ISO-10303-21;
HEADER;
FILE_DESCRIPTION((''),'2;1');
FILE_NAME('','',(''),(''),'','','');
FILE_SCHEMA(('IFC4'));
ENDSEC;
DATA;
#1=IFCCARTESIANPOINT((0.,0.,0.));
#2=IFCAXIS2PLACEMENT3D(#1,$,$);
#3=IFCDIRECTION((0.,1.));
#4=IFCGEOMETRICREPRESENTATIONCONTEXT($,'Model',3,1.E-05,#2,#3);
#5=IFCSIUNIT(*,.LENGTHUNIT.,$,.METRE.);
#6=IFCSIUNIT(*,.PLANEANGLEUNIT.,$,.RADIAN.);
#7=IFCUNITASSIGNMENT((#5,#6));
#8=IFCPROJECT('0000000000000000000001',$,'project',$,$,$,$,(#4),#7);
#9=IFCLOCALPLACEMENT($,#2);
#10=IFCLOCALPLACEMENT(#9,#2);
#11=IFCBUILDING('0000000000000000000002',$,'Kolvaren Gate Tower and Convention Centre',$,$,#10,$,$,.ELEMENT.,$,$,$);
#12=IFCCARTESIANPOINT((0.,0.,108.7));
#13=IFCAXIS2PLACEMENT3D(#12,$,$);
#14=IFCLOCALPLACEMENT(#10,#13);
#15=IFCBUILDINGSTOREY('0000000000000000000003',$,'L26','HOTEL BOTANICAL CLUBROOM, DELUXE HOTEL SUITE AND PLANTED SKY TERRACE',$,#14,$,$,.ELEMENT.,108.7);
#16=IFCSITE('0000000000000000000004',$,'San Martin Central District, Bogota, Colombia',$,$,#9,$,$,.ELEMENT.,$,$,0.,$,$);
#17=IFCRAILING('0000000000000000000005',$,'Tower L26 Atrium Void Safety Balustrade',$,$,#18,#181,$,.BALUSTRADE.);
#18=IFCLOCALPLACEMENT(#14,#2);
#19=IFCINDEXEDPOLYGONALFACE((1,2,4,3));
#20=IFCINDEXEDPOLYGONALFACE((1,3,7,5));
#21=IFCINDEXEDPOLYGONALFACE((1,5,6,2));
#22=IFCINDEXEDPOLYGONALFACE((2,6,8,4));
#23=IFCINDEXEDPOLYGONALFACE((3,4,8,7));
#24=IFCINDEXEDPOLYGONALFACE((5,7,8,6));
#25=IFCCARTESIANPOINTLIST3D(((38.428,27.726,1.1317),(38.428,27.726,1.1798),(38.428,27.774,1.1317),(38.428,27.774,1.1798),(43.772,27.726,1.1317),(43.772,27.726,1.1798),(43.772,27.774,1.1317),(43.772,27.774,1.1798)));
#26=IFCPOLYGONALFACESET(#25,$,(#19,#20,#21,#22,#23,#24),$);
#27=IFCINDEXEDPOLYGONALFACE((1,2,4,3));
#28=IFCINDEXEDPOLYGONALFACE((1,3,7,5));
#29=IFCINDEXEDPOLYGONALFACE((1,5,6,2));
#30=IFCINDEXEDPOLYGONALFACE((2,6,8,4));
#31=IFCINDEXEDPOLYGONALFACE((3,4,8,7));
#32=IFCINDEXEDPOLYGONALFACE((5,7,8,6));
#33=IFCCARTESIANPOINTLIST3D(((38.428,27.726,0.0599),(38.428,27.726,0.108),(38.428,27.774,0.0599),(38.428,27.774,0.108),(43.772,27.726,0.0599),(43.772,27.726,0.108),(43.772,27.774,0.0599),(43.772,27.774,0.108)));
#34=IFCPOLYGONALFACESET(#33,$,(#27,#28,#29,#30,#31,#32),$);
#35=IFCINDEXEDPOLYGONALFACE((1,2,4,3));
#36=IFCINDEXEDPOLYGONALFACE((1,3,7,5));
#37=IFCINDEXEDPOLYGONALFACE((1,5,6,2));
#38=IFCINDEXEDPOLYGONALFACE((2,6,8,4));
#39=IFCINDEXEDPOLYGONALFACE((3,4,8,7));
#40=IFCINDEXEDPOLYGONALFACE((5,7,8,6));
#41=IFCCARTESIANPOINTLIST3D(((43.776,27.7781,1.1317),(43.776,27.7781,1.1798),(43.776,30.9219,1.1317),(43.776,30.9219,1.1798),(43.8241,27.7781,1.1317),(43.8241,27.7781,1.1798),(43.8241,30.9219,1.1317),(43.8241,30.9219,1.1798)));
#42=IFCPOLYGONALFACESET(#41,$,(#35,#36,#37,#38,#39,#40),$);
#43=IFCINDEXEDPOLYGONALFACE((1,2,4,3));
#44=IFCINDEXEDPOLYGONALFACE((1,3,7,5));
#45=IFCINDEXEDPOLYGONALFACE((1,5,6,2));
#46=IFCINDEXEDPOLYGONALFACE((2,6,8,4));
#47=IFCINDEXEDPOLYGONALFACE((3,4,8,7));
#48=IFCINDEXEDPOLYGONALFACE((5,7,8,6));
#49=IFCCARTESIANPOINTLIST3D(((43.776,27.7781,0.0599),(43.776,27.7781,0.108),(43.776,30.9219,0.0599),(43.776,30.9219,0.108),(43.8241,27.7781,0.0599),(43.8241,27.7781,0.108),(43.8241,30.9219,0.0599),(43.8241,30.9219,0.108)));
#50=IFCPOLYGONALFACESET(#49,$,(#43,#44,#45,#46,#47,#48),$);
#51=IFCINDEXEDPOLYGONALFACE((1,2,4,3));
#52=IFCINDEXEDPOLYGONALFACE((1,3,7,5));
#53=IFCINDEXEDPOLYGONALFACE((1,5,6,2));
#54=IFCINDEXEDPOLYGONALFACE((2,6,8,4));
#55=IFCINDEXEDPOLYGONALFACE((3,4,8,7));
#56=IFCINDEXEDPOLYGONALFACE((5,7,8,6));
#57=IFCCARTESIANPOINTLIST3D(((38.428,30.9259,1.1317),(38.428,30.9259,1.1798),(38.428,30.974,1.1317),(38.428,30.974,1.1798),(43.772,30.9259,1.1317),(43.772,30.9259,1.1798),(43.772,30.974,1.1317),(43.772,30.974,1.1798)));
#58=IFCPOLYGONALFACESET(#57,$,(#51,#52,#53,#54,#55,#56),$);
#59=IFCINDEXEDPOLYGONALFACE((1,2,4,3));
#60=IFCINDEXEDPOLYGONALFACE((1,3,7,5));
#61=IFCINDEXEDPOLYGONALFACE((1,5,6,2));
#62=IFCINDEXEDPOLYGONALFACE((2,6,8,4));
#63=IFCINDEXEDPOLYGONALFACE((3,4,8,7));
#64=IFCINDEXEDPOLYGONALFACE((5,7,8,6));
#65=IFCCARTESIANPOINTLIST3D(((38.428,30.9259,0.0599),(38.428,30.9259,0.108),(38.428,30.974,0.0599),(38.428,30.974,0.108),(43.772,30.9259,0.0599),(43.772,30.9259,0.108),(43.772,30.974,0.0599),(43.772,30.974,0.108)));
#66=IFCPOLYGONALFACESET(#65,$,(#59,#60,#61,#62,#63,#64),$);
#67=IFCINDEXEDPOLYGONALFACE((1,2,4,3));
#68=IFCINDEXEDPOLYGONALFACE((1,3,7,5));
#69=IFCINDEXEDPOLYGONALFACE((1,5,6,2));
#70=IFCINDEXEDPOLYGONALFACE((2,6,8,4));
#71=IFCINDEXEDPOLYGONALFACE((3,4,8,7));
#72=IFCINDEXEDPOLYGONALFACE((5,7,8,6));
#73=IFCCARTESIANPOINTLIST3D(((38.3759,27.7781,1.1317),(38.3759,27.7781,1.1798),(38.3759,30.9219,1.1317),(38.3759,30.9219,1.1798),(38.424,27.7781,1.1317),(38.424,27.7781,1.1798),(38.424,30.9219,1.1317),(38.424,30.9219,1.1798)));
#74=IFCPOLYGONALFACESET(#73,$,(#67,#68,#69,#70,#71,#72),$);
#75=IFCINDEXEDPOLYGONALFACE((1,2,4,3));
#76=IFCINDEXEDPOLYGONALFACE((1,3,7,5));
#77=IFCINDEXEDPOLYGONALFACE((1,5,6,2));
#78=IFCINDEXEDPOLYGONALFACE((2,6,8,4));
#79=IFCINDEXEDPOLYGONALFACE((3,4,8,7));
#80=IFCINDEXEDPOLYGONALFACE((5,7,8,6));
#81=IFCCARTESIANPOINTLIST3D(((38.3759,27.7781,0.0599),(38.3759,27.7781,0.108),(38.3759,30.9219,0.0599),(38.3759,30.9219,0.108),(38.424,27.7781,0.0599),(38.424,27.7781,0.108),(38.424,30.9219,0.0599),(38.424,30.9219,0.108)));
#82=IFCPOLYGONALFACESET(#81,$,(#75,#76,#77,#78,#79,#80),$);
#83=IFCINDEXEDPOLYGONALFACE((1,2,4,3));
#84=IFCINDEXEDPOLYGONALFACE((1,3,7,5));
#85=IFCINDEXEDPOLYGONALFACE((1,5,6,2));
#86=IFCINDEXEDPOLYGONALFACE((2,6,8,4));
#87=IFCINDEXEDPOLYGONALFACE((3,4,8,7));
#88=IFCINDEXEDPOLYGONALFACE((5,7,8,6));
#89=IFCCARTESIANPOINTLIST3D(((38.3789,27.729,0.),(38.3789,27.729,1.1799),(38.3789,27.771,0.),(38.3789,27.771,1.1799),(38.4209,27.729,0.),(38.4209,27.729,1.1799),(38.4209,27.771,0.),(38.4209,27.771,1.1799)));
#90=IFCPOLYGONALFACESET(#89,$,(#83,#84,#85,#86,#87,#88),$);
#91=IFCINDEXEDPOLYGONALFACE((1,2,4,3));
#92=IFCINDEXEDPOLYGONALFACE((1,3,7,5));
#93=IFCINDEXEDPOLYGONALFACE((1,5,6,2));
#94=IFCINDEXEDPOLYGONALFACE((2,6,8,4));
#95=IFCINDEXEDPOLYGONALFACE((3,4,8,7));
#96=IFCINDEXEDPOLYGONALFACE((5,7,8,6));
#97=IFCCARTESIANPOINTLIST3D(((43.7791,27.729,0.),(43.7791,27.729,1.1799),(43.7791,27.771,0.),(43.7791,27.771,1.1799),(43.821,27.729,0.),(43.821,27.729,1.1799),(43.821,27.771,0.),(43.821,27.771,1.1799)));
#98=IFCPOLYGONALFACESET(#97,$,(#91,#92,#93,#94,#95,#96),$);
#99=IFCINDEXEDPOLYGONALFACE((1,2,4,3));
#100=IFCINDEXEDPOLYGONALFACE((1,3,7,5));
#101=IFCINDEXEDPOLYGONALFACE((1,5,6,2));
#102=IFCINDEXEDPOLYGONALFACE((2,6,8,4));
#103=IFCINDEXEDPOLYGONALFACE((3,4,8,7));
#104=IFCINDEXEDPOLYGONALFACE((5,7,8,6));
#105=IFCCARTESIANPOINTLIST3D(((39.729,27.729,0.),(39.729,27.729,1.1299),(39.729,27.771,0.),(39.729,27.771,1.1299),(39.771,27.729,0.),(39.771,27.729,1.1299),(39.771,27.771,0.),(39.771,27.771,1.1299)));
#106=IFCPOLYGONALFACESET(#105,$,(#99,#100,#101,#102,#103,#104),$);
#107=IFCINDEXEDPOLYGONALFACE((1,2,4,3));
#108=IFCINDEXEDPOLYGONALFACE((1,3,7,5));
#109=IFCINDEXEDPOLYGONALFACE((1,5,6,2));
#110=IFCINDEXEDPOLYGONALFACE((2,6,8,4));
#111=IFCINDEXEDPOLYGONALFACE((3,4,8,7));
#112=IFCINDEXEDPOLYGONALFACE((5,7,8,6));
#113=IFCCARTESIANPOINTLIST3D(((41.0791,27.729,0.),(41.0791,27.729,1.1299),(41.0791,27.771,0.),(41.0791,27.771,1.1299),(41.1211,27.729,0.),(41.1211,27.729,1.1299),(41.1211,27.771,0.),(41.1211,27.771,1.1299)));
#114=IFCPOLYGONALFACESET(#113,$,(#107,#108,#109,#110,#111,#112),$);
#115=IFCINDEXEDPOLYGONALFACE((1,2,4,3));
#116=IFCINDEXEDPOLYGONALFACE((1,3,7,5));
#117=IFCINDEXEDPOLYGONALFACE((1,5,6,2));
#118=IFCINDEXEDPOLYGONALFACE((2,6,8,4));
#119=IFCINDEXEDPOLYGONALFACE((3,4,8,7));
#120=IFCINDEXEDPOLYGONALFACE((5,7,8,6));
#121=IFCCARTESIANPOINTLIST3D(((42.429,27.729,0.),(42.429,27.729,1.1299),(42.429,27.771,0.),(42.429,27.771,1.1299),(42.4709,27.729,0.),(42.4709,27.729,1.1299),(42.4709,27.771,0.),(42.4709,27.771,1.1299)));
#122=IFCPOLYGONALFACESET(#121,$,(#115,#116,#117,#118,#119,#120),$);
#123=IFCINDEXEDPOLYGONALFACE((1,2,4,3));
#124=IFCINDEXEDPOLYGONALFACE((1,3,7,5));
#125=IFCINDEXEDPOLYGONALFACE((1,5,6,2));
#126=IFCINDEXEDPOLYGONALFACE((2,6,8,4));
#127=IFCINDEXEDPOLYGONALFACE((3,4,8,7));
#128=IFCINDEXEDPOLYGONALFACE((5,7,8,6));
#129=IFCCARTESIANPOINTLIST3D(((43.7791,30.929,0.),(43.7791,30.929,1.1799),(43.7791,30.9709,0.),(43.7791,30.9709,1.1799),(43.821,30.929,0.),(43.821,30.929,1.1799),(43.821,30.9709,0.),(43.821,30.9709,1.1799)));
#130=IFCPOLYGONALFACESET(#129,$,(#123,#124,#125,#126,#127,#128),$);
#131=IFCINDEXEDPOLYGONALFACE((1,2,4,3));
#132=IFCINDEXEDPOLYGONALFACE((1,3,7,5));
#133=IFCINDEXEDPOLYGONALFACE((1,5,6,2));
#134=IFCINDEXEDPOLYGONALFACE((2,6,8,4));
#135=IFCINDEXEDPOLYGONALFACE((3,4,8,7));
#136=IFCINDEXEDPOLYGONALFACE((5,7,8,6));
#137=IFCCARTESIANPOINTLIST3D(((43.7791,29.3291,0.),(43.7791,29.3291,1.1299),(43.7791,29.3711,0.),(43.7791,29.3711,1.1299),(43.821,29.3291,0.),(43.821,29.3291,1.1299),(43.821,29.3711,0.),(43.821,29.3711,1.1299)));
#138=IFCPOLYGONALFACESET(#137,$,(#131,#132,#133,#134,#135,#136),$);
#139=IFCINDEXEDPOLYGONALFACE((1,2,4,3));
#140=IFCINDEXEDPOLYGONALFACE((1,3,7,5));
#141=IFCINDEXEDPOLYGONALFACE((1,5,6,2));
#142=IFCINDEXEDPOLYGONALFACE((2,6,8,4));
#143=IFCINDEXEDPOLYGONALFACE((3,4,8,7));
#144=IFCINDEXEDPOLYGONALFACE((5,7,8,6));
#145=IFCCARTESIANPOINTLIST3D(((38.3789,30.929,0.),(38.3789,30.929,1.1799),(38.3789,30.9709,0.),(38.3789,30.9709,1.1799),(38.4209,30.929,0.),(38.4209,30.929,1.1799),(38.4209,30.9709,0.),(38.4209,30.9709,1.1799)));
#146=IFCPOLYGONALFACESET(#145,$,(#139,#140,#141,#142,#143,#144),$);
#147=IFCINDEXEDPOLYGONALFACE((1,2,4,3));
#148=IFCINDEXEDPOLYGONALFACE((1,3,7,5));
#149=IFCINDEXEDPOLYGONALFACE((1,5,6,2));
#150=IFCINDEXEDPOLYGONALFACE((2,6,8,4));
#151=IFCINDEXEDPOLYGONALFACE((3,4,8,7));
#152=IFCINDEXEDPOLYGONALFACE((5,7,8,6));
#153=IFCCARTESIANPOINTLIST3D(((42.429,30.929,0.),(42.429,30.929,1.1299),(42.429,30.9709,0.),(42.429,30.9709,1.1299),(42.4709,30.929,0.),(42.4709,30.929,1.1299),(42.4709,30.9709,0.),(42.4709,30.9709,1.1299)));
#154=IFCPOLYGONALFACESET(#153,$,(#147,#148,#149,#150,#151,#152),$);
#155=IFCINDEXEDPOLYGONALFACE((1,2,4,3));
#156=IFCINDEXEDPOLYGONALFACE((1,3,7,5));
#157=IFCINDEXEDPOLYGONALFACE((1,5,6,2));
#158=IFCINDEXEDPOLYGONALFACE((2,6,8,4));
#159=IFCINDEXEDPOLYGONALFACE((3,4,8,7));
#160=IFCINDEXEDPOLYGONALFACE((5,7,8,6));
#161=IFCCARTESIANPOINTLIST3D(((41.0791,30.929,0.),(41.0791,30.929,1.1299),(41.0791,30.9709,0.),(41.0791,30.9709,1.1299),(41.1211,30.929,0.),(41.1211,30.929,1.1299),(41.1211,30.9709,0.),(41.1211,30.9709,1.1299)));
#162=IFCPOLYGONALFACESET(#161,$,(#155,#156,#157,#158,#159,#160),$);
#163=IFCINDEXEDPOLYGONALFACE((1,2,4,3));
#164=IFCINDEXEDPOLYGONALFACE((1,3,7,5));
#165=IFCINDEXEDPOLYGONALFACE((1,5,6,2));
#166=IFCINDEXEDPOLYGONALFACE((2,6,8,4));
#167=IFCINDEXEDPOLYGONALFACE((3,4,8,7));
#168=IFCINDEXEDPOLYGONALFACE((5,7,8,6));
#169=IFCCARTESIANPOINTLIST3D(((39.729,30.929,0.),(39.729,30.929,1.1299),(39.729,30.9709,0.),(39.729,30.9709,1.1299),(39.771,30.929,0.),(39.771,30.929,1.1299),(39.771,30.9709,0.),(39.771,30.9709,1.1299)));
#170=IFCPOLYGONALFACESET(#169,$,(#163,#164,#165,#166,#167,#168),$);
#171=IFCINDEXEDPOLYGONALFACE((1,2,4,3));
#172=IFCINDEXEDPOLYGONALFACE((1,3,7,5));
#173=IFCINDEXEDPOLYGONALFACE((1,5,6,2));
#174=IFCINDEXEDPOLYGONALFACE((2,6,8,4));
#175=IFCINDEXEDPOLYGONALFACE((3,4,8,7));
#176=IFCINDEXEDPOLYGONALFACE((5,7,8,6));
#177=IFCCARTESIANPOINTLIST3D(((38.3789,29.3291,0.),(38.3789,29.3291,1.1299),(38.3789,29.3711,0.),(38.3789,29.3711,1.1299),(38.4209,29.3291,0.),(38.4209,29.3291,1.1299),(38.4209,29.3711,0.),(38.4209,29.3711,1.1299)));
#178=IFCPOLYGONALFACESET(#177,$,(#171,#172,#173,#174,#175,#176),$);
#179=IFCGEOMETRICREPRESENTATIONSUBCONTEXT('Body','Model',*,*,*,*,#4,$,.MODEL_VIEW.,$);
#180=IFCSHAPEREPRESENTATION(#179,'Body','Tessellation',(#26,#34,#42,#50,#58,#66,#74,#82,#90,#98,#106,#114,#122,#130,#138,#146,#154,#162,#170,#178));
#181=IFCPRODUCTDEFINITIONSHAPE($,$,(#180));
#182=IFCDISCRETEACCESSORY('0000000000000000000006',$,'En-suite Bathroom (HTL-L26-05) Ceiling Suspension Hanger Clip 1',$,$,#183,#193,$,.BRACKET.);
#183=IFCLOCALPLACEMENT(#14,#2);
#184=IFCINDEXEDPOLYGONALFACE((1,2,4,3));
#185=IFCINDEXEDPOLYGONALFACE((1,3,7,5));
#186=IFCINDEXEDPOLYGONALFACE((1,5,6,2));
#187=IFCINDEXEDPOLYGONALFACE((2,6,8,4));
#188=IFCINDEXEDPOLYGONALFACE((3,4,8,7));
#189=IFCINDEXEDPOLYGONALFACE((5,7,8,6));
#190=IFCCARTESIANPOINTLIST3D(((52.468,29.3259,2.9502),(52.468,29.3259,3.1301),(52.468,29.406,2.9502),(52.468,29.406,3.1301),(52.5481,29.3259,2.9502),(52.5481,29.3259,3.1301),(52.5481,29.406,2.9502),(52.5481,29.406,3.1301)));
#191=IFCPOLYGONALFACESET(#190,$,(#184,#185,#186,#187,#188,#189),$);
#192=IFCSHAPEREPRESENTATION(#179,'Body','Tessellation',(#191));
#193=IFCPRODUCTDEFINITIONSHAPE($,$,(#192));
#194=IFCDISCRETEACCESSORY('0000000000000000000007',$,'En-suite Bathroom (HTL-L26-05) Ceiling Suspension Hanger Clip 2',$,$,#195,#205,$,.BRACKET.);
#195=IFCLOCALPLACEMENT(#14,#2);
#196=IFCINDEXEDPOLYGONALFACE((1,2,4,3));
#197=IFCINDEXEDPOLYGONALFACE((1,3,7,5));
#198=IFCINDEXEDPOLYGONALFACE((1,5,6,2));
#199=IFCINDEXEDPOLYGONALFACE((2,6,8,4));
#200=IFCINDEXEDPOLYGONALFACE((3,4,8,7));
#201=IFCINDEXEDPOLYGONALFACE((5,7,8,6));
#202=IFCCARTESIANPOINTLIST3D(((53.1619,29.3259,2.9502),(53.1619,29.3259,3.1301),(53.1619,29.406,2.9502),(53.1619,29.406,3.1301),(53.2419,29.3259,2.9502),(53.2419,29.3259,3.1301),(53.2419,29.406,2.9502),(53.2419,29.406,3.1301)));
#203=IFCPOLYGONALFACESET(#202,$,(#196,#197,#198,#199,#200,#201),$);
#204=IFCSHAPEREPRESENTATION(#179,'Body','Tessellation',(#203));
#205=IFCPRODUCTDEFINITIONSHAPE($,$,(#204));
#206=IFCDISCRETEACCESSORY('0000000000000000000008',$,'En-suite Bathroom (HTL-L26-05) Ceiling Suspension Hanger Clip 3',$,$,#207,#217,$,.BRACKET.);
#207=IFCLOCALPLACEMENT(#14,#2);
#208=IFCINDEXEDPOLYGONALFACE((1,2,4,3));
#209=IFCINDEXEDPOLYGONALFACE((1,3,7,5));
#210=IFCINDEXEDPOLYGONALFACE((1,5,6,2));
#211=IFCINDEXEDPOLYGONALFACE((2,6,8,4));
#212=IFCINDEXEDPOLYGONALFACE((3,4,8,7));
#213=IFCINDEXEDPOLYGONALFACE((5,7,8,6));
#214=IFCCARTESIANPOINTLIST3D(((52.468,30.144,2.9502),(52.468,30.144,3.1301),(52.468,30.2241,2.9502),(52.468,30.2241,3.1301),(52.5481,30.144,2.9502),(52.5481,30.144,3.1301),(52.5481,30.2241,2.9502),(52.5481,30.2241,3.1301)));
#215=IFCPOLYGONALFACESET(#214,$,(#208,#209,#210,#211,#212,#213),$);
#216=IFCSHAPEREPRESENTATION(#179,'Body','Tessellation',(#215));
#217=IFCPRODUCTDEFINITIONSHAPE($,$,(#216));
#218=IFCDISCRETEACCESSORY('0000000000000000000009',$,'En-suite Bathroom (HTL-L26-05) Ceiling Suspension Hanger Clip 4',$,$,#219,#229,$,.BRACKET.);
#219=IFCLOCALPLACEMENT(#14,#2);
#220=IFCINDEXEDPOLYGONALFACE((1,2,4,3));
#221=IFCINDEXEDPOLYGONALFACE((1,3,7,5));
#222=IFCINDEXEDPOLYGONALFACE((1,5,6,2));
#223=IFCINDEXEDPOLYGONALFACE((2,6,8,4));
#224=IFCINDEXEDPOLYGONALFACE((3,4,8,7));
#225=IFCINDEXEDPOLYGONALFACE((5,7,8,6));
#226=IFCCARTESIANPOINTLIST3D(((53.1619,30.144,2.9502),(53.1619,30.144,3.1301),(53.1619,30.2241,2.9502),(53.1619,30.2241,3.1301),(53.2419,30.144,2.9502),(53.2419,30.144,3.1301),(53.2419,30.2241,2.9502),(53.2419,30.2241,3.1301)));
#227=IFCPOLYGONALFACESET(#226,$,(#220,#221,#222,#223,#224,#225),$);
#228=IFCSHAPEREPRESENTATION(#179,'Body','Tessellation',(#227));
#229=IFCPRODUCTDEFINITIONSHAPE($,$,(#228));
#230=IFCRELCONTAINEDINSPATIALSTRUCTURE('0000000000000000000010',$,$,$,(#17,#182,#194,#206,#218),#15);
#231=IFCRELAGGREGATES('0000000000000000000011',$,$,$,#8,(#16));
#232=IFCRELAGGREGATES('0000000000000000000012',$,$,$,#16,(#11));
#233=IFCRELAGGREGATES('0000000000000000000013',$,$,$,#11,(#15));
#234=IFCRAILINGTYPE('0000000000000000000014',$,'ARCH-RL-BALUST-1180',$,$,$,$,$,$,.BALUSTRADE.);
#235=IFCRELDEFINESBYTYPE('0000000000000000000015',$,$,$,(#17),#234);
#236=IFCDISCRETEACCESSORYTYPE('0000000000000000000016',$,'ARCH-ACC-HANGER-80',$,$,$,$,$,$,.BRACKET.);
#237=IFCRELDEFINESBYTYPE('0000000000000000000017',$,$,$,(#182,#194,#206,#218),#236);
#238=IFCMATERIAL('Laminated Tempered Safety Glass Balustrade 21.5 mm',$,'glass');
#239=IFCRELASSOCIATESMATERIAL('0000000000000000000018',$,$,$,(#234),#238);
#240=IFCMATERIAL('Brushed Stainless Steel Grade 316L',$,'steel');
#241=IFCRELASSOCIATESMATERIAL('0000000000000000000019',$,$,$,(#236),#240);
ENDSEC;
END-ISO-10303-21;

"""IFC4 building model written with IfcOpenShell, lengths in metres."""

from ifc_helpers import new_model, si_unit, direction, frame, origin, origin_2d, place, context, subcontext, project, spatial, rectangle, extrude, material, type_object, element, save


model = new_model("IFC4")

# Units and contexts
model_context = context("Model", 3, precision=1e-05, world=origin(), true_north=direction((0.0, 1.0)))
body_context = subcontext(model_context, "Body", "Model", "MODEL_VIEW")
ifc_project = project(units=[si_unit("LENGTHUNIT", "METRE"), si_unit("PLANEANGLEUNIT", "RADIAN")], contexts=[model_context])

# Site, building, storey
site_placement = place(None, origin())
site = spatial("IfcSite", under=ifc_project, at=site_placement, Name="San Martin Central District, Bogota, Colombia", CompositionType="ELEMENT", RefElevation=0.0)
building_placement = place(site_placement, origin())
building = spatial("IfcBuilding", under=site, at=building_placement, Name="Kolvaren Gate Tower and Convention Centre", CompositionType="ELEMENT")
storey_placement = place(building_placement, frame((0.0, 0.0, 108.7)))
storey = spatial("IfcBuildingStorey", under=building, at=storey_placement, Name="L26", Description="HOTEL BOTANICAL CLUBROOM, DELUXE HOTEL SUITE AND PLANTED SKY TERRACE", CompositionType="ELEMENT", Elevation=108.7)

# Railing
ifc_material_1 = material(Name="Laminated Tempered Safety Glass Balustrade 21.5 mm", Category="glass")
railing_type = type_object("IfcRailingType", Name="ARCH-RL-BALUST-1180", PredefinedType="BALUSTRADE", material=ifc_material_1)
railing_placement = place(storey_placement, frame((38.3999, 27.75, 0.0)))
element("IfcRailing", 1, at=railing_placement, inside=storey, type_object=railing_type, Name="Tower L26 Atrium Void Safety Balustrade", PredefinedType="BALUSTRADE", context=body_context, shape_type="SweptSolid", body=[
    extrude(rectangle(XDim=0.0481, YDim=0.0481, at=origin_2d()), frame((0.0281, 0.0, 1.1558), z_axis=(1.0, 0.0, 0.0), x_axis=(0.0, 1.0, 0.0)), (0.0, 0.0, 1.0), 5.344),
    extrude(rectangle(XDim=0.0481, YDim=0.0481, at=origin_2d()), frame((0.0281, 0.0, 0.084), z_axis=(1.0, 0.0, 0.0), x_axis=(0.0, 1.0, 0.0)), (0.0, 0.0, 1.0), 5.344),
    extrude(rectangle(XDim=0.0481, YDim=0.0481, at=origin_2d()), frame((5.4001, 0.0281, 1.1558), z_axis=(0.0, 1.0, 0.0), x_axis=(-1.0, 0.0, 0.0)), (0.0, 0.0, 1.0), 3.1438),
    extrude(rectangle(XDim=0.0481, YDim=0.0481, at=origin_2d()), frame((5.4001, 0.0281, 0.084), z_axis=(0.0, 1.0, 0.0), x_axis=(-1.0, 0.0, 0.0)), (0.0, 0.0, 1.0), 3.1438),
    extrude(rectangle(XDim=0.0481, YDim=0.0481, at=origin_2d()), frame((5.3721, 3.2, 1.1558), z_axis=(-1.0, 0.0, 0.0), x_axis=(0.0, -1.0, 0.0)), (0.0, 0.0, 1.0), 5.344),
    extrude(rectangle(XDim=0.0481, YDim=0.0481, at=origin_2d()), frame((5.3721, 3.2, 0.084), z_axis=(-1.0, 0.0, 0.0), x_axis=(0.0, -1.0, 0.0)), (0.0, 0.0, 1.0), 5.344),
    extrude(rectangle(XDim=0.0481, YDim=0.0481, at=origin_2d()), frame((0.0, 3.1719, 1.1558), z_axis=(0.0, -1.0, 0.0), x_axis=(1.0, 0.0, 0.0)), (0.0, 0.0, 1.0), 3.1438),
    extrude(rectangle(XDim=0.0481, YDim=0.0481, at=origin_2d()), frame((0.0, 3.1719, 0.084), z_axis=(0.0, -1.0, 0.0), x_axis=(1.0, 0.0, 0.0)), (0.0, 0.0, 1.0), 3.1438),
    extrude(rectangle(XDim=0.042, YDim=0.042, at=origin_2d()), origin(), (0.0, 0.0, 1.0), 1.1799),
    extrude(rectangle(XDim=0.042, YDim=0.042, at=origin_2d()), frame((5.4001, 0.0, 0.0)), (0.0, 0.0, 1.0), 1.1799),
    extrude(rectangle(XDim=0.042, YDim=0.042, at=origin_2d()), frame((1.3501, 0.0, 0.0)), (0.0, 0.0, 1.0), 1.1299),
    extrude(rectangle(XDim=0.042, YDim=0.042, at=origin_2d()), frame((2.7002, 0.0, 0.0)), (0.0, 0.0, 1.0), 1.1299),
    extrude(rectangle(XDim=0.042, YDim=0.042, at=origin_2d()), frame((4.05, 0.0, 0.0)), (0.0, 0.0, 1.0), 1.1299),
    extrude(rectangle(XDim=0.042, YDim=0.042, at=origin_2d()), frame((5.4001, 3.2, 0.0)), (0.0, 0.0, 1.0), 1.1799),
    extrude(rectangle(XDim=0.042, YDim=0.042, at=origin_2d()), frame((5.4001, 1.6001, 0.0)), (0.0, 0.0, 1.0), 1.1299),
    extrude(rectangle(XDim=0.042, YDim=0.042, at=origin_2d()), frame((0.0, 3.2, 0.0)), (0.0, 0.0, 1.0), 1.1799),
    extrude(rectangle(XDim=0.042, YDim=0.042, at=origin_2d()), frame((4.05, 3.2, 0.0)), (0.0, 0.0, 1.0), 1.1299),
    extrude(rectangle(XDim=0.042, YDim=0.042, at=origin_2d()), frame((2.7002, 3.2, 0.0)), (0.0, 0.0, 1.0), 1.1299),
    extrude(rectangle(XDim=0.042, YDim=0.042, at=origin_2d()), frame((1.3501, 3.2, 0.0)), (0.0, 0.0, 1.0), 1.1299),
    extrude(rectangle(XDim=0.042, YDim=0.042, at=origin_2d()), frame((0.0, 1.6001, 0.0)), (0.0, 0.0, 1.0), 1.1299),
])

# Discrete accessories
ifc_material_2 = material(Name="Brushed Stainless Steel Grade 316L", Category="steel")
discrete_accessory_type = type_object("IfcDiscreteAccessoryType", Name="ARCH-ACC-HANGER-80", PredefinedType="BRACKET", material=ifc_material_2)
for number, where, z_axis, x_axis, name in (
    (2, (52.5081, 29.366, 2.9502), (0.0, 0.0, 1.0), (1.0, 0.0, 0.0), "En-suite Bathroom (HTL-L26-05) Ceiling Suspension Hanger Clip 1"),
    (3, (53.2019, 29.366, 2.9502), (0.0, 0.0, 1.0), (1.0, 0.0, 0.0), "En-suite Bathroom (HTL-L26-05) Ceiling Suspension Hanger Clip 2"),
    (4, (52.5081, 30.1841, 2.9502), (0.0, 0.0, 1.0), (1.0, 0.0, 0.0), "En-suite Bathroom (HTL-L26-05) Ceiling Suspension Hanger Clip 3"),
    (5, (53.2019, 30.1841, 2.9502), (0.0, 0.0, 1.0), (1.0, 0.0, 0.0), "En-suite Bathroom (HTL-L26-05) Ceiling Suspension Hanger Clip 4"),
):
    element("IfcDiscreteAccessory", number, at=place(storey_placement, frame(where, z_axis=z_axis, x_axis=x_axis)), inside=storey, type_object=discrete_accessory_type, Name=name, PredefinedType="BRACKET", context=body_context, shape_type="SweptSolid", body=[
        extrude(rectangle(XDim=0.0801, YDim=0.0801, at=origin_2d()), origin(), (0.0, 0.0, 1.0), 0.1799),
    ])

save(model, "model.ifc")
